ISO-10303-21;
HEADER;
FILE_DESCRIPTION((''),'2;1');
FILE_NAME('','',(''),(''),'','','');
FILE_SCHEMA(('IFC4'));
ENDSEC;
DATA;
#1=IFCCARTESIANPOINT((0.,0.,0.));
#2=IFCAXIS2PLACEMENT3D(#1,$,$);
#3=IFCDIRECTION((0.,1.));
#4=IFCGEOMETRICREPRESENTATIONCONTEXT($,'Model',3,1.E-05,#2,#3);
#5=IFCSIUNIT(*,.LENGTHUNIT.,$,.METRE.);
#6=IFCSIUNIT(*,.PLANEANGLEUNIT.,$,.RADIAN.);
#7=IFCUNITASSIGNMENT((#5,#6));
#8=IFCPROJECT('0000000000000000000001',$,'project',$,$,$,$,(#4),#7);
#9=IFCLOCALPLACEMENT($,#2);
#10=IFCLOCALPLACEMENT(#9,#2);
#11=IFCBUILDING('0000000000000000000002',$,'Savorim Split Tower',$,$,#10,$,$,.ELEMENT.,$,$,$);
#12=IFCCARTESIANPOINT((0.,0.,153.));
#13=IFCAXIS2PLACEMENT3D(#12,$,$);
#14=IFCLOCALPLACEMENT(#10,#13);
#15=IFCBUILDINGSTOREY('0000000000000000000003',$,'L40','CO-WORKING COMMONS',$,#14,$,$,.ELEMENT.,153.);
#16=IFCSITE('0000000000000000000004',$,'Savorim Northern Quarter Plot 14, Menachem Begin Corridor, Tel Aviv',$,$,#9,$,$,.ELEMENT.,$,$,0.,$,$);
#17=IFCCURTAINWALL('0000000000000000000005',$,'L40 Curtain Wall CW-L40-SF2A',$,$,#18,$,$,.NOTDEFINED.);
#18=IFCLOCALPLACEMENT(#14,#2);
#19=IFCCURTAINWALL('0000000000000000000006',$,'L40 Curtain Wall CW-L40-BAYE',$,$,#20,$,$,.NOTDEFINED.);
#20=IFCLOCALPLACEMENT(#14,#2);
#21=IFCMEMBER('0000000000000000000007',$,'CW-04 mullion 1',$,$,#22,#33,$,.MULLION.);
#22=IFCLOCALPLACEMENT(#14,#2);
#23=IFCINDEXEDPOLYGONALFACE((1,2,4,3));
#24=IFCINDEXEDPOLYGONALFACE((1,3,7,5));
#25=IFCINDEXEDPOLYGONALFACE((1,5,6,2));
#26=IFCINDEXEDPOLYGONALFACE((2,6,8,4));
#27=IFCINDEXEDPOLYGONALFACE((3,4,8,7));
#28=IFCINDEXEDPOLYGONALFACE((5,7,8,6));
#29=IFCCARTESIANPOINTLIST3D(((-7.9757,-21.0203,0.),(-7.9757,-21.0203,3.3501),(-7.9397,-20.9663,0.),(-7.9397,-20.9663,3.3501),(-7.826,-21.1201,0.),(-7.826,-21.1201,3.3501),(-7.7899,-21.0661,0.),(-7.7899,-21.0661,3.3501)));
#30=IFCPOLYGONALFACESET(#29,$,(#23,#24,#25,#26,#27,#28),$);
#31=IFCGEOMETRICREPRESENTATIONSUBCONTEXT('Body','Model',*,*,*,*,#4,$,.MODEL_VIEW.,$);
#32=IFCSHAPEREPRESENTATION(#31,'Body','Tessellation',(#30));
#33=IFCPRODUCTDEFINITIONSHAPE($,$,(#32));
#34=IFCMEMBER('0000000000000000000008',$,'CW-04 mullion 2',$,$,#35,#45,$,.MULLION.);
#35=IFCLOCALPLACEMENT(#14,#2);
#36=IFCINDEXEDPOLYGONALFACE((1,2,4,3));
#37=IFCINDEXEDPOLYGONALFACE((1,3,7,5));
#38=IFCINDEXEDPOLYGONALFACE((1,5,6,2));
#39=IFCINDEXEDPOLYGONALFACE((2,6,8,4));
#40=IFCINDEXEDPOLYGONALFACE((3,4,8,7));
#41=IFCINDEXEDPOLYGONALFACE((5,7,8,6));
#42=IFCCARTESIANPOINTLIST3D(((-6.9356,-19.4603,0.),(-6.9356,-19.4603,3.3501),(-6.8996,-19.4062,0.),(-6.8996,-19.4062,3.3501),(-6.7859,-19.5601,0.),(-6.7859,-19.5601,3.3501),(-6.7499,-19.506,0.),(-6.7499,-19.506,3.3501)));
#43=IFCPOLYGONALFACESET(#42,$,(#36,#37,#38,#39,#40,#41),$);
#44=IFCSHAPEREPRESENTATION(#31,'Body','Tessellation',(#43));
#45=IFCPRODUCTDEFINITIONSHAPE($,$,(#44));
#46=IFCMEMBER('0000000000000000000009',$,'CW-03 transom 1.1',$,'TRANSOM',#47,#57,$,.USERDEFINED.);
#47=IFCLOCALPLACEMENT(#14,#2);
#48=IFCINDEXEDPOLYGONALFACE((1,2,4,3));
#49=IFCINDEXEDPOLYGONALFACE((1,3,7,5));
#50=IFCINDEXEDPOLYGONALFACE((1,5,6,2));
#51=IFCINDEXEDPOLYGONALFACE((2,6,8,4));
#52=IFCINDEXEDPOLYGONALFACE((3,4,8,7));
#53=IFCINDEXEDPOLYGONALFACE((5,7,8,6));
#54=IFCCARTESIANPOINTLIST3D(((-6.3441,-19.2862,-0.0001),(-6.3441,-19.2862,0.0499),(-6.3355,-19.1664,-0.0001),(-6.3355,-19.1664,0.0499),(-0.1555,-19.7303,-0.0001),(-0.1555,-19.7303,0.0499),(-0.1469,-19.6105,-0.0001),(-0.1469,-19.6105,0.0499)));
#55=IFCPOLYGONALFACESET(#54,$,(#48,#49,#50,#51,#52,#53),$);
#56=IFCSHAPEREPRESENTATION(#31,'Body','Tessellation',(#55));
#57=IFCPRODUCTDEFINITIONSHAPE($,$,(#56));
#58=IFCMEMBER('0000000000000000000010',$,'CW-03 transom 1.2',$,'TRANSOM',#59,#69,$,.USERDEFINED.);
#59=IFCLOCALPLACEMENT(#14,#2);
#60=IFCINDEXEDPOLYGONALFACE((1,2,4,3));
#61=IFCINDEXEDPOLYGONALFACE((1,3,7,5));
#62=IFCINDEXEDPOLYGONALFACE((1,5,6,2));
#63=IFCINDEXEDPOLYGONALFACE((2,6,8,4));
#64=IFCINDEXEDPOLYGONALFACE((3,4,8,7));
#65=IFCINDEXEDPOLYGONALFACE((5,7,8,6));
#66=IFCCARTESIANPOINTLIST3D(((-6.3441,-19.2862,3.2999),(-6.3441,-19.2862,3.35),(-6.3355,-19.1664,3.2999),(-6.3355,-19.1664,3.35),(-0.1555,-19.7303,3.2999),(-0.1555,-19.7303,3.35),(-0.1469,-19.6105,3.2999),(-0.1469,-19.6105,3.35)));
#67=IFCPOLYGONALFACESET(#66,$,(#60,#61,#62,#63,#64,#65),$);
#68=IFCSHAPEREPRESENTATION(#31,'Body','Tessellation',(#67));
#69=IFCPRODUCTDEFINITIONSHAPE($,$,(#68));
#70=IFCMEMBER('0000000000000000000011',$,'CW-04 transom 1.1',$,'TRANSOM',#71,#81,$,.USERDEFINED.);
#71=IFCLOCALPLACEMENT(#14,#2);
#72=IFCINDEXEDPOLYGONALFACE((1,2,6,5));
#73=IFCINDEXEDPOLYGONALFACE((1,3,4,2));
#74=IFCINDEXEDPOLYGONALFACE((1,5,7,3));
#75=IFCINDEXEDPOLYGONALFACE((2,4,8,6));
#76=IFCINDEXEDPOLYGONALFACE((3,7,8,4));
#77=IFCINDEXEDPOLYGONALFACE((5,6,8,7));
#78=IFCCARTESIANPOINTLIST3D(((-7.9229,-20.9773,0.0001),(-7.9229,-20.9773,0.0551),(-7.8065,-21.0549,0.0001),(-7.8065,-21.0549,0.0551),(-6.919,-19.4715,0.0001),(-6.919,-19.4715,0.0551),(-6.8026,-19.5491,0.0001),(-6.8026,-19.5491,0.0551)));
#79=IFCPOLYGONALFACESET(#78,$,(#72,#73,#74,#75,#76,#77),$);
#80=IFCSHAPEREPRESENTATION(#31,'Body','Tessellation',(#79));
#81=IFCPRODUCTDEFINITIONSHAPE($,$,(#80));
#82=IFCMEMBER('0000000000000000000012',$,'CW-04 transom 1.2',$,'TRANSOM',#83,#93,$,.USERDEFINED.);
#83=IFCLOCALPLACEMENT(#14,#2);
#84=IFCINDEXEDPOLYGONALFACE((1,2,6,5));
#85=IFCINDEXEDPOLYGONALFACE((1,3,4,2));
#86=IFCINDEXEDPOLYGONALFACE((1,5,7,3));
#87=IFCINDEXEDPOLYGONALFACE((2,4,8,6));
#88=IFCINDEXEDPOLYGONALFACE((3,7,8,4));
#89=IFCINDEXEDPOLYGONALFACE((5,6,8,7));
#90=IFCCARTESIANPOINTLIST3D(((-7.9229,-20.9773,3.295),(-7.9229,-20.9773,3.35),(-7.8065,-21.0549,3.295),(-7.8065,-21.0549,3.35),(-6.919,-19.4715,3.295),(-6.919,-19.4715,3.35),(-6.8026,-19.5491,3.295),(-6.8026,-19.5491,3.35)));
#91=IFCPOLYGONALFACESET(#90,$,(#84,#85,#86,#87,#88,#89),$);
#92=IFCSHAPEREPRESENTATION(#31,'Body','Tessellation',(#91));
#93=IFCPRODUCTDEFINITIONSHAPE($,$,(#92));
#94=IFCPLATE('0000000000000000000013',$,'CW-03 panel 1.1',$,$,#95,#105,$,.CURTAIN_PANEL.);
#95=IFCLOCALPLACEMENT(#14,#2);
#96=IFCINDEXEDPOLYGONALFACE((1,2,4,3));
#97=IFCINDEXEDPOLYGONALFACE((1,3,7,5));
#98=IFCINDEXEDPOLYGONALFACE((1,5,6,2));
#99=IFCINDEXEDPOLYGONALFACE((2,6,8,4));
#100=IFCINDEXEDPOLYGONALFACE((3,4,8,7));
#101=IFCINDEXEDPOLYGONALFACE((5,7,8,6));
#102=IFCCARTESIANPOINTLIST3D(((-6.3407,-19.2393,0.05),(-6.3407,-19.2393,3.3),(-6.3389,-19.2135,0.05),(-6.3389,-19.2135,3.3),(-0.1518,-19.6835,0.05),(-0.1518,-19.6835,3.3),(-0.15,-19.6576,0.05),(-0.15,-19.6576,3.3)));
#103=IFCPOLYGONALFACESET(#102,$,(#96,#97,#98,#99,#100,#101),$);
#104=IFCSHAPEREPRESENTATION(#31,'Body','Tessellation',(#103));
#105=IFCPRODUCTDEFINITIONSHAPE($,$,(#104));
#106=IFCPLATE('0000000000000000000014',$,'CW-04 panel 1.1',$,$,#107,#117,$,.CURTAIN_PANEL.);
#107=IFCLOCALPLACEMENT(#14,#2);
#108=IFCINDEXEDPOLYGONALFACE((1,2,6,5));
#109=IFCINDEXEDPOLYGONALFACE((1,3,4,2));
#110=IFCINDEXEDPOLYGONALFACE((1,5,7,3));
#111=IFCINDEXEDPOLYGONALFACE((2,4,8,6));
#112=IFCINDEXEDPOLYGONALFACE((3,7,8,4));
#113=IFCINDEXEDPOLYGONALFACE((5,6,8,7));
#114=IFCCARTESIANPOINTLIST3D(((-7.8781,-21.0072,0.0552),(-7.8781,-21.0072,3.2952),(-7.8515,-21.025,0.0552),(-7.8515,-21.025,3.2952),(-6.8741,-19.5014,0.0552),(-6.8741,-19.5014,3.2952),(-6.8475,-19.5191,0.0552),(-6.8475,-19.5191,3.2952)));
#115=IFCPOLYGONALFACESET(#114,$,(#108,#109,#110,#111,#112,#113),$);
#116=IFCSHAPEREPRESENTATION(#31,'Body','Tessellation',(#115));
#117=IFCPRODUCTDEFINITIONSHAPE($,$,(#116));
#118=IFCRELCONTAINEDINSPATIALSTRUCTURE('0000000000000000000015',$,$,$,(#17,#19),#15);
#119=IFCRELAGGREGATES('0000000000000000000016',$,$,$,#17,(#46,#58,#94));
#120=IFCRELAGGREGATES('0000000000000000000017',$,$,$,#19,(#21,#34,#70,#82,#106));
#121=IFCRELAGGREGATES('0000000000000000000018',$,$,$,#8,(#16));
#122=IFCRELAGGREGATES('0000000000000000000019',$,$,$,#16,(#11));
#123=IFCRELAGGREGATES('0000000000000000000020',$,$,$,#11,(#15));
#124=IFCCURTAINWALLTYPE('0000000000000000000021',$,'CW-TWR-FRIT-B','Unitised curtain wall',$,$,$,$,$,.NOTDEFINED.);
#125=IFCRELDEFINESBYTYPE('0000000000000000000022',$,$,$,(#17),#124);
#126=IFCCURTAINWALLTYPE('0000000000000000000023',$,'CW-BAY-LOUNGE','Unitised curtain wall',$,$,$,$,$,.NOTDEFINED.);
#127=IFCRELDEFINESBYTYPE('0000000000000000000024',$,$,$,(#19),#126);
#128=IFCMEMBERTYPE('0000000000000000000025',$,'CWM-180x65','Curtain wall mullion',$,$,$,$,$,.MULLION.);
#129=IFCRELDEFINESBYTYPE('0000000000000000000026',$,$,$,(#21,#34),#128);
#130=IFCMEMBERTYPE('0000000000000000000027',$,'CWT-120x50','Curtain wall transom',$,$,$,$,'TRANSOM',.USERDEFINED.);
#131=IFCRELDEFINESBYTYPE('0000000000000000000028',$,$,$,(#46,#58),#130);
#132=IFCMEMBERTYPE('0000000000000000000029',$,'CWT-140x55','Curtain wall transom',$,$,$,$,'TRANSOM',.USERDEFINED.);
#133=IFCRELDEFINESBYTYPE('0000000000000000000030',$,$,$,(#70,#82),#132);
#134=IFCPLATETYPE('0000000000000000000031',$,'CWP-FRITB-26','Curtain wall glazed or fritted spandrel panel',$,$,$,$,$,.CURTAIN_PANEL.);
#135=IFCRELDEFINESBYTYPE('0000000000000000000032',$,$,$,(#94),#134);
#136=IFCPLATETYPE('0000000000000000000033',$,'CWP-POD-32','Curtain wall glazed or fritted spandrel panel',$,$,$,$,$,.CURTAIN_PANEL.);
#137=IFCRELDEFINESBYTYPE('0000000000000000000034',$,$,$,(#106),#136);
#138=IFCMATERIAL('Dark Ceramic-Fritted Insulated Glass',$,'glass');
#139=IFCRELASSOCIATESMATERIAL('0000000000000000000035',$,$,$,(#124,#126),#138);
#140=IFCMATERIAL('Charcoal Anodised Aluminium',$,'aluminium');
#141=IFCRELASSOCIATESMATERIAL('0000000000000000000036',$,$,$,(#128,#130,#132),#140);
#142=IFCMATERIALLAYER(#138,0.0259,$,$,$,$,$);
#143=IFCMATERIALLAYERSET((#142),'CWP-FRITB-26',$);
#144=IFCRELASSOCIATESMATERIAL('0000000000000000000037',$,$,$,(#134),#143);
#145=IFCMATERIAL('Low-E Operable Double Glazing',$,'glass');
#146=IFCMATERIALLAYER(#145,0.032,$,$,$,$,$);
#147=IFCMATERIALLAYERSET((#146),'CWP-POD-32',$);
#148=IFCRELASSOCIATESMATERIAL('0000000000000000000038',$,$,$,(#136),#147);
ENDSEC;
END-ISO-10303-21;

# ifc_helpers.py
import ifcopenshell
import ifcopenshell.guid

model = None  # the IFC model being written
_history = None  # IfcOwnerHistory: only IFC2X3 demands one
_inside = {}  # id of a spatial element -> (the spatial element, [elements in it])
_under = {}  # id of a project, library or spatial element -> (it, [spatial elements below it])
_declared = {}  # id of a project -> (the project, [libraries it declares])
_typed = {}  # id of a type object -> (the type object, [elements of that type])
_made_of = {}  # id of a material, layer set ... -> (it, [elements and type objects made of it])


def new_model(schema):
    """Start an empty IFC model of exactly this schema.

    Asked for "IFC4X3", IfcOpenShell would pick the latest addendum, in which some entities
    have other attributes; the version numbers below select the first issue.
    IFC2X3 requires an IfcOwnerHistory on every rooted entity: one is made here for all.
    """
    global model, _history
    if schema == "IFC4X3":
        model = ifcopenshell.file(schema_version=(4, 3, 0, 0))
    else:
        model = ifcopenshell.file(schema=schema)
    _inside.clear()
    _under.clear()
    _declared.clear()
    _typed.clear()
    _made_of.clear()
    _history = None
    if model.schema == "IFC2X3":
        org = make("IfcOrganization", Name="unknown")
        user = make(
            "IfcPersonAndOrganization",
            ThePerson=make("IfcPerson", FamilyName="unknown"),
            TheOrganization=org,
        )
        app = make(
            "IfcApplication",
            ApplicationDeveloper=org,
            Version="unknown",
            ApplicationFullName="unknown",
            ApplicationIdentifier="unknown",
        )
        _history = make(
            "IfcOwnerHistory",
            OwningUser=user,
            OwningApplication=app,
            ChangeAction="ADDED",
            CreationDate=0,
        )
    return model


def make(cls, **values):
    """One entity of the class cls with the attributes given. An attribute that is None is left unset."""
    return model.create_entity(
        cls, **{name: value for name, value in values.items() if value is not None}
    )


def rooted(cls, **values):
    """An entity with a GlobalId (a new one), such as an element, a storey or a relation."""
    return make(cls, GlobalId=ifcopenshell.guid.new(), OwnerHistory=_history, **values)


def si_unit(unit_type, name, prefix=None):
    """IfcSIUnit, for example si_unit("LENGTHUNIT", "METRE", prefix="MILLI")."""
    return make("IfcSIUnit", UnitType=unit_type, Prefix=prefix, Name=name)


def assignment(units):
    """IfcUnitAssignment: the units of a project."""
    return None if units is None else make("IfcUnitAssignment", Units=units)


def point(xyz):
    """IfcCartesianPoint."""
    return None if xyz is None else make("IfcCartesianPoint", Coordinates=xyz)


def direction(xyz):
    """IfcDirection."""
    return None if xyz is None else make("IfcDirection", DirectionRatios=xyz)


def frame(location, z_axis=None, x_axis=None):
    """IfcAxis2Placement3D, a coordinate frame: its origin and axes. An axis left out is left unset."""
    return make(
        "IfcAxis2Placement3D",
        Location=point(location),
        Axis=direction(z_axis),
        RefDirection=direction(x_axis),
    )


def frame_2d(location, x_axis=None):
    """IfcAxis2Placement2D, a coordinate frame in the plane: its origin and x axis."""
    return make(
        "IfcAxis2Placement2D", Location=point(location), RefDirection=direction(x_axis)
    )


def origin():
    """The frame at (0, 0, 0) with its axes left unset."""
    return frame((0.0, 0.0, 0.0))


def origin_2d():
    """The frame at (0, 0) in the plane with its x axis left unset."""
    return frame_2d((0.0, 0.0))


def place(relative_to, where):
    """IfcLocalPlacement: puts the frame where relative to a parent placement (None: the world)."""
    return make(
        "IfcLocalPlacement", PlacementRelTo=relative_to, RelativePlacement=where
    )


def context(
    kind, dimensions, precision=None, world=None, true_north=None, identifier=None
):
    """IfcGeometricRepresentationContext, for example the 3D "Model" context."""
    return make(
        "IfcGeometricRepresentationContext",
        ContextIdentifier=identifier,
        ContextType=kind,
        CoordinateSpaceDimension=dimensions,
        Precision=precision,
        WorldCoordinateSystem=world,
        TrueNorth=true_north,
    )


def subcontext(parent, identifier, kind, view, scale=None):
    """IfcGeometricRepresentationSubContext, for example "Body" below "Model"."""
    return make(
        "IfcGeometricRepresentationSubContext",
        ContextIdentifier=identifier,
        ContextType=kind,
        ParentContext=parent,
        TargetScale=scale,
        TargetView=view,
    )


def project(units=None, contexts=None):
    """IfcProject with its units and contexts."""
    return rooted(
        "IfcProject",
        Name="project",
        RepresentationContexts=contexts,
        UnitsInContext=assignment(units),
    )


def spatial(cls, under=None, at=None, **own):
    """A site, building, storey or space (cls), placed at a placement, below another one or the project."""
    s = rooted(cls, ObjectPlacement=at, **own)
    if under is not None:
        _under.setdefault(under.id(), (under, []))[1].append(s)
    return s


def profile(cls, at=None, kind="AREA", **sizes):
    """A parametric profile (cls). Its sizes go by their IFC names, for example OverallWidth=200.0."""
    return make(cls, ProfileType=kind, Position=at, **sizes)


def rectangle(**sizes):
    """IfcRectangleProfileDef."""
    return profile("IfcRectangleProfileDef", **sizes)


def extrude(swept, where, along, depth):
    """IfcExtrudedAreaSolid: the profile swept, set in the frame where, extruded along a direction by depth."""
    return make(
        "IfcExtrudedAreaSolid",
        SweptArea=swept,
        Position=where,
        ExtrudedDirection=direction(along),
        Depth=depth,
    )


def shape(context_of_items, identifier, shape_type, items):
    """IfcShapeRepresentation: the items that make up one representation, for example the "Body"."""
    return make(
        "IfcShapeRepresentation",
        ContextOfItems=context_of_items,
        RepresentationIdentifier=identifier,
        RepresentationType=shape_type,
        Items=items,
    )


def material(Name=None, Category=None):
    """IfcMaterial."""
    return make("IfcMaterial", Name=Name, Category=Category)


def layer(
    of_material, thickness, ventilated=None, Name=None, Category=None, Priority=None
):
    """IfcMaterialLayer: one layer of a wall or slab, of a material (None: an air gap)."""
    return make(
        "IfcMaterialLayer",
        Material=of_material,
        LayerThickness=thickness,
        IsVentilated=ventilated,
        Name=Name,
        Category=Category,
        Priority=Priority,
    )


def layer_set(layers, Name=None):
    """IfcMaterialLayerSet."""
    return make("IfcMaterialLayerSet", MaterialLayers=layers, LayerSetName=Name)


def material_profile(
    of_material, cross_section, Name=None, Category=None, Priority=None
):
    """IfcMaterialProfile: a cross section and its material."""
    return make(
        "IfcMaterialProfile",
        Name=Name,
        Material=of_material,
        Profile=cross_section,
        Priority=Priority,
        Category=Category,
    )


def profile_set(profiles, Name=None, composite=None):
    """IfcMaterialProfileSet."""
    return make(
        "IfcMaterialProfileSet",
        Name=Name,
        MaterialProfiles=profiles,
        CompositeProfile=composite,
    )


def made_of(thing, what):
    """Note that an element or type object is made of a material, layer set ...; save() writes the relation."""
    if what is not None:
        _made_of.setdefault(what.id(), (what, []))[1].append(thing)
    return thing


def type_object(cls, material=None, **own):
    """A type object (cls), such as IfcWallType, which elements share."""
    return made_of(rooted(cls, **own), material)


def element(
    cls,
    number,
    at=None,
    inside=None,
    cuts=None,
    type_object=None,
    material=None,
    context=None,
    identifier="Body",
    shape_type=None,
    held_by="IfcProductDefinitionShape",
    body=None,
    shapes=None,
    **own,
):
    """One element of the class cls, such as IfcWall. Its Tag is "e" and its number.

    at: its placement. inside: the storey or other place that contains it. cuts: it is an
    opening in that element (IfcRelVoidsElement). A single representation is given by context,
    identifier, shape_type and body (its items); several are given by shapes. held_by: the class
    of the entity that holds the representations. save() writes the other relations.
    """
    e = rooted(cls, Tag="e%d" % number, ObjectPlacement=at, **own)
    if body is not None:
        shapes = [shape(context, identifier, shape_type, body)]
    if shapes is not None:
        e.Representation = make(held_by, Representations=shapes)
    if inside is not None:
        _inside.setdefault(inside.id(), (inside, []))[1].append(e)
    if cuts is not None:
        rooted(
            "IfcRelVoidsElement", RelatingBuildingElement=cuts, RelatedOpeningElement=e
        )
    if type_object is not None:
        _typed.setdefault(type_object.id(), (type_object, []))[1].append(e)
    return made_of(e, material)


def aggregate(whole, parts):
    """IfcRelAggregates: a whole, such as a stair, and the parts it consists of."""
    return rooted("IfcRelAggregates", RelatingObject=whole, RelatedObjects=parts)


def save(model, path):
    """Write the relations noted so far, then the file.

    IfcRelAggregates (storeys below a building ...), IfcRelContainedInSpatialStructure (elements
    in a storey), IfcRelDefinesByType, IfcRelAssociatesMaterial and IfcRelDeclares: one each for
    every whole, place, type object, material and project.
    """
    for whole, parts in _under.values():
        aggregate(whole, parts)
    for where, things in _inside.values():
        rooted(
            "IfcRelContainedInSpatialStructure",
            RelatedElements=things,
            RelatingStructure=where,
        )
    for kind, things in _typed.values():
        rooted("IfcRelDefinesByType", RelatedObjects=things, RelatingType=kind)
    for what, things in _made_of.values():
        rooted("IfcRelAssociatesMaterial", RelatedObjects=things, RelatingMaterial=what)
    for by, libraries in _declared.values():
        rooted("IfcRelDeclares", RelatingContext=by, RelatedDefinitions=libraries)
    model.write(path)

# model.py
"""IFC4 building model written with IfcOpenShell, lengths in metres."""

from ifc_helpers import new_model, si_unit, direction, frame, origin, origin_2d, place, context, subcontext, project, spatial, rectangle, extrude, material, layer, layer_set, material_profile, profile_set, type_object, element, aggregate, save


model = new_model("IFC4")

# Units and contexts
model_context = context("Model", 3, precision=1e-05, world=origin(), true_north=direction((0.0, 1.0)))
body_context = subcontext(model_context, "Body", "Model", "MODEL_VIEW")
ifc_project = project(units=[si_unit("LENGTHUNIT", "METRE"), si_unit("PLANEANGLEUNIT", "RADIAN")], contexts=[model_context])

# Site, building, storey
site_placement = place(None, origin())
site = spatial("IfcSite", under=ifc_project, at=site_placement, Name="Savorim Northern Quarter Plot 14, Menachem Begin Corridor, Tel Aviv", CompositionType="ELEMENT", RefElevation=0.0)
building_placement = place(site_placement, origin())
building = spatial("IfcBuilding", under=site, at=building_placement, Name="Savorim Split Tower", CompositionType="ELEMENT")
storey_placement = place(building_placement, frame((0.0, 0.0, 153.0)))
storey = spatial("IfcBuildingStorey", under=building, at=storey_placement, Name="L40", Description="CO-WORKING COMMONS", CompositionType="ELEMENT", Elevation=153.0)

# Curtain wall
ifc_material_1 = material(Name="Dark Ceramic-Fritted Insulated Glass", Category="glass")
curtain_wall_type_1 = type_object("IfcCurtainWallType", Name="CW-TWR-FRIT-B", Description="Unitised curtain wall", PredefinedType="NOTDEFINED", material=ifc_material_1)
curtain_wall_1_placement = place(storey_placement, origin())
curtain_wall_1 = element("IfcCurtainWall", 1, at=curtain_wall_1_placement, inside=storey, type_object=curtain_wall_type_1, Name="L40 Curtain Wall CW-L40-SF2A", PredefinedType="NOTDEFINED")
ifc_material_2 = material(Name="Charcoal Anodised Aluminium", Category="aluminium")

# Shared definitions
curtain_wall_type_2 = type_object("IfcCurtainWallType", Name="CW-BAY-LOUNGE", Description="Unitised curtain wall", PredefinedType="NOTDEFINED", material=ifc_material_1)
ifc_material_profile_1 = material_profile(ifc_material_2, rectangle(XDim=0.1799, YDim=0.0649, at=origin_2d()), Name="ALU-M 180x65")
ifc_profile_set_1 = profile_set([ifc_material_profile_1], Name="Charcoal Anodised Aluminium")
member_type_1 = type_object("IfcMemberType", Name="CWM-180x65", Description="Curtain wall mullion", PredefinedType="MULLION", material=ifc_profile_set_1)

# Curtain wall, members
curtain_wall_2_placement = place(storey_placement, origin())
curtain_wall_2 = element("IfcCurtainWall", 2, at=curtain_wall_2_placement, inside=storey, type_object=curtain_wall_type_2, Name="L40 Curtain Wall CW-L40-BAYE", PredefinedType="NOTDEFINED")
member_1_placement = place(storey_placement, frame((-7.8828, -21.0432, 0.0), z_axis=(0.0, 0.0, 1.0), x_axis=(-0.832042, 0.554712, 0.0)))
member_1 = element("IfcMember", 3, at=member_1_placement, type_object=member_type_1, Name="CW-04 mullion 1", PredefinedType="MULLION", context=body_context, shape_type="SweptSolid", body=[
    extrude(rectangle(XDim=0.1799, YDim=0.0649, at=origin_2d()), origin(), (0.0, 0.0, 1.0), 3.3501),
])
member_2_placement = place(storey_placement, frame((-6.8428, -19.4832, 0.0), z_axis=(0.0, 0.0, 1.0), x_axis=(-0.832042, 0.554712, 0.0)))
member_2 = element("IfcMember", 4, at=member_2_placement, type_object=member_type_1, Name="CW-04 mullion 2", PredefinedType="MULLION", context=body_context, shape_type="SweptSolid", body=[
    extrude(rectangle(XDim=0.1799, YDim=0.0649, at=origin_2d()), origin(), (0.0, 0.0, 1.0), 3.3501),
])

# Members
ifc_material_profile_2 = material_profile(ifc_material_2, rectangle(XDim=0.1201, YDim=0.05, at=origin_2d()), Name="ALU-T 120x50")
ifc_profile_set_2 = profile_set([ifc_material_profile_2], Name="Charcoal Anodised Aluminium")
member_type_2 = type_object("IfcMemberType", Name="CWT-120x50", Description="Curtain wall transom", ElementType="TRANSOM", PredefinedType="USERDEFINED", material=ifc_profile_set_2)
member_3_placement = place(storey_placement, frame((-6.3398, -19.2263, 0.0249), z_axis=(0.997435, -0.071574, 0.0), x_axis=(0.071574, 0.997435, 0.0)))
member_3 = element("IfcMember", 5, at=member_3_placement, type_object=member_type_2, Name="CW-03 transom 1.1", ObjectType="TRANSOM", PredefinedType="USERDEFINED", context=body_context, shape_type="SweptSolid", body=[
    extrude(rectangle(XDim=0.1201, YDim=0.05, at=origin_2d()), origin(), (0.0, 0.0, 1.0), 6.2046),
])
member_4_placement = place(storey_placement, frame((-6.3398, -19.2263, 3.325), z_axis=(0.997435, -0.071574, 0.0), x_axis=(0.071574, 0.997435, 0.0)))
member_4 = element("IfcMember", 6, at=member_4_placement, type_object=member_type_2, Name="CW-03 transom 1.2", ObjectType="TRANSOM", PredefinedType="USERDEFINED", context=body_context, shape_type="SweptSolid", body=[
    extrude(rectangle(XDim=0.1201, YDim=0.05, at=origin_2d()), origin(), (0.0, 0.0, 1.0), 6.2046),
])
ifc_material_profile_3 = material_profile(ifc_material_2, rectangle(XDim=0.1399, YDim=0.0549, at=origin_2d()), Name="ALU-T 140x55")
ifc_profile_set_3 = profile_set([ifc_material_profile_3], Name="Charcoal Anodised Aluminium")
member_type_3 = type_object("IfcMemberType", Name="CWT-140x55", Description="Curtain wall transom", ElementType="TRANSOM", PredefinedType="USERDEFINED", material=ifc_profile_set_3)
member_5_placement = place(storey_placement, frame((-7.8647, -21.0161, 0.0276), z_axis=(0.5547, 0.83205, 0.0), x_axis=(-0.83205, 0.5547, 0.0)))
member_5 = element("IfcMember", 7, at=member_5_placement, type_object=member_type_3, Name="CW-04 transom 1.1", ObjectType="TRANSOM", PredefinedType="USERDEFINED", context=body_context, shape_type="SweptSolid", body=[
    extrude(rectangle(XDim=0.1399, YDim=0.0549, at=origin_2d()), origin(), (0.0, 0.0, 1.0), 1.8098),
])
member_6_placement = place(storey_placement, frame((-7.8647, -21.0161, 3.3225), z_axis=(0.5547, 0.83205, 0.0), x_axis=(-0.83205, 0.5547, 0.0)))
member_6 = element("IfcMember", 8, at=member_6_placement, type_object=member_type_3, Name="CW-04 transom 1.2", ObjectType="TRANSOM", PredefinedType="USERDEFINED", context=body_context, shape_type="SweptSolid", body=[
    extrude(rectangle(XDim=0.1399, YDim=0.0549, at=origin_2d()), origin(), (0.0, 0.0, 1.0), 1.8098),
])

# Plates
ifc_layer_1 = layer(ifc_material_1, 0.0259)
ifc_layer_set_1 = layer_set([ifc_layer_1], Name="CWP-FRITB-26")
plate_type_1 = type_object("IfcPlateType", Name="CWP-FRITB-26", Description="Curtain wall glazed or fritted spandrel panel", PredefinedType="CURTAIN_PANEL", material=ifc_layer_set_1)
plate_1_placement = place(storey_placement, frame((-3.2454, -19.4485, 0.05), z_axis=(0.0, 0.0, 1.0), x_axis=(0.997435, -0.071576, 0.0)))
plate_1 = element("IfcPlate", 9, at=plate_1_placement, type_object=plate_type_1, Name="CW-03 panel 1.1", PredefinedType="CURTAIN_PANEL", context=body_context, shape_type="SweptSolid", body=[
    extrude(rectangle(XDim=6.2048, YDim=0.0259, at=origin_2d()), origin(), (0.0, 0.0, 1.0), 3.25),
])
aggregate(curtain_wall_1, [member_3, member_4, plate_1])
ifc_material_3 = material(Name="Low-E Operable Double Glazing", Category="glass")
ifc_layer_2 = layer(ifc_material_3, 0.032)
ifc_layer_set_2 = layer_set([ifc_layer_2], Name="CWP-POD-32")
plate_type_2 = type_object("IfcPlateType", Name="CWP-POD-32", Description="Curtain wall glazed or fritted spandrel panel", PredefinedType="CURTAIN_PANEL", material=ifc_layer_set_2)
plate_2_placement = place(storey_placement, frame((-7.3628, -20.2632, 0.0552), z_axis=(0.0, 0.0, 1.0), x_axis=(0.554712, 0.832042, 0.0)))
plate_2 = element("IfcPlate", 10, at=plate_2_placement, type_object=plate_type_2, Name="CW-04 panel 1.1", PredefinedType="CURTAIN_PANEL", context=body_context, shape_type="SweptSolid", body=[
    extrude(rectangle(XDim=1.8098, YDim=0.032, at=origin_2d()), origin(), (0.0, 0.0, 1.0), 3.24),
])
aggregate(curtain_wall_2, [member_1, member_2, member_5, member_6, plate_2])

save(model, "model.ifc")
